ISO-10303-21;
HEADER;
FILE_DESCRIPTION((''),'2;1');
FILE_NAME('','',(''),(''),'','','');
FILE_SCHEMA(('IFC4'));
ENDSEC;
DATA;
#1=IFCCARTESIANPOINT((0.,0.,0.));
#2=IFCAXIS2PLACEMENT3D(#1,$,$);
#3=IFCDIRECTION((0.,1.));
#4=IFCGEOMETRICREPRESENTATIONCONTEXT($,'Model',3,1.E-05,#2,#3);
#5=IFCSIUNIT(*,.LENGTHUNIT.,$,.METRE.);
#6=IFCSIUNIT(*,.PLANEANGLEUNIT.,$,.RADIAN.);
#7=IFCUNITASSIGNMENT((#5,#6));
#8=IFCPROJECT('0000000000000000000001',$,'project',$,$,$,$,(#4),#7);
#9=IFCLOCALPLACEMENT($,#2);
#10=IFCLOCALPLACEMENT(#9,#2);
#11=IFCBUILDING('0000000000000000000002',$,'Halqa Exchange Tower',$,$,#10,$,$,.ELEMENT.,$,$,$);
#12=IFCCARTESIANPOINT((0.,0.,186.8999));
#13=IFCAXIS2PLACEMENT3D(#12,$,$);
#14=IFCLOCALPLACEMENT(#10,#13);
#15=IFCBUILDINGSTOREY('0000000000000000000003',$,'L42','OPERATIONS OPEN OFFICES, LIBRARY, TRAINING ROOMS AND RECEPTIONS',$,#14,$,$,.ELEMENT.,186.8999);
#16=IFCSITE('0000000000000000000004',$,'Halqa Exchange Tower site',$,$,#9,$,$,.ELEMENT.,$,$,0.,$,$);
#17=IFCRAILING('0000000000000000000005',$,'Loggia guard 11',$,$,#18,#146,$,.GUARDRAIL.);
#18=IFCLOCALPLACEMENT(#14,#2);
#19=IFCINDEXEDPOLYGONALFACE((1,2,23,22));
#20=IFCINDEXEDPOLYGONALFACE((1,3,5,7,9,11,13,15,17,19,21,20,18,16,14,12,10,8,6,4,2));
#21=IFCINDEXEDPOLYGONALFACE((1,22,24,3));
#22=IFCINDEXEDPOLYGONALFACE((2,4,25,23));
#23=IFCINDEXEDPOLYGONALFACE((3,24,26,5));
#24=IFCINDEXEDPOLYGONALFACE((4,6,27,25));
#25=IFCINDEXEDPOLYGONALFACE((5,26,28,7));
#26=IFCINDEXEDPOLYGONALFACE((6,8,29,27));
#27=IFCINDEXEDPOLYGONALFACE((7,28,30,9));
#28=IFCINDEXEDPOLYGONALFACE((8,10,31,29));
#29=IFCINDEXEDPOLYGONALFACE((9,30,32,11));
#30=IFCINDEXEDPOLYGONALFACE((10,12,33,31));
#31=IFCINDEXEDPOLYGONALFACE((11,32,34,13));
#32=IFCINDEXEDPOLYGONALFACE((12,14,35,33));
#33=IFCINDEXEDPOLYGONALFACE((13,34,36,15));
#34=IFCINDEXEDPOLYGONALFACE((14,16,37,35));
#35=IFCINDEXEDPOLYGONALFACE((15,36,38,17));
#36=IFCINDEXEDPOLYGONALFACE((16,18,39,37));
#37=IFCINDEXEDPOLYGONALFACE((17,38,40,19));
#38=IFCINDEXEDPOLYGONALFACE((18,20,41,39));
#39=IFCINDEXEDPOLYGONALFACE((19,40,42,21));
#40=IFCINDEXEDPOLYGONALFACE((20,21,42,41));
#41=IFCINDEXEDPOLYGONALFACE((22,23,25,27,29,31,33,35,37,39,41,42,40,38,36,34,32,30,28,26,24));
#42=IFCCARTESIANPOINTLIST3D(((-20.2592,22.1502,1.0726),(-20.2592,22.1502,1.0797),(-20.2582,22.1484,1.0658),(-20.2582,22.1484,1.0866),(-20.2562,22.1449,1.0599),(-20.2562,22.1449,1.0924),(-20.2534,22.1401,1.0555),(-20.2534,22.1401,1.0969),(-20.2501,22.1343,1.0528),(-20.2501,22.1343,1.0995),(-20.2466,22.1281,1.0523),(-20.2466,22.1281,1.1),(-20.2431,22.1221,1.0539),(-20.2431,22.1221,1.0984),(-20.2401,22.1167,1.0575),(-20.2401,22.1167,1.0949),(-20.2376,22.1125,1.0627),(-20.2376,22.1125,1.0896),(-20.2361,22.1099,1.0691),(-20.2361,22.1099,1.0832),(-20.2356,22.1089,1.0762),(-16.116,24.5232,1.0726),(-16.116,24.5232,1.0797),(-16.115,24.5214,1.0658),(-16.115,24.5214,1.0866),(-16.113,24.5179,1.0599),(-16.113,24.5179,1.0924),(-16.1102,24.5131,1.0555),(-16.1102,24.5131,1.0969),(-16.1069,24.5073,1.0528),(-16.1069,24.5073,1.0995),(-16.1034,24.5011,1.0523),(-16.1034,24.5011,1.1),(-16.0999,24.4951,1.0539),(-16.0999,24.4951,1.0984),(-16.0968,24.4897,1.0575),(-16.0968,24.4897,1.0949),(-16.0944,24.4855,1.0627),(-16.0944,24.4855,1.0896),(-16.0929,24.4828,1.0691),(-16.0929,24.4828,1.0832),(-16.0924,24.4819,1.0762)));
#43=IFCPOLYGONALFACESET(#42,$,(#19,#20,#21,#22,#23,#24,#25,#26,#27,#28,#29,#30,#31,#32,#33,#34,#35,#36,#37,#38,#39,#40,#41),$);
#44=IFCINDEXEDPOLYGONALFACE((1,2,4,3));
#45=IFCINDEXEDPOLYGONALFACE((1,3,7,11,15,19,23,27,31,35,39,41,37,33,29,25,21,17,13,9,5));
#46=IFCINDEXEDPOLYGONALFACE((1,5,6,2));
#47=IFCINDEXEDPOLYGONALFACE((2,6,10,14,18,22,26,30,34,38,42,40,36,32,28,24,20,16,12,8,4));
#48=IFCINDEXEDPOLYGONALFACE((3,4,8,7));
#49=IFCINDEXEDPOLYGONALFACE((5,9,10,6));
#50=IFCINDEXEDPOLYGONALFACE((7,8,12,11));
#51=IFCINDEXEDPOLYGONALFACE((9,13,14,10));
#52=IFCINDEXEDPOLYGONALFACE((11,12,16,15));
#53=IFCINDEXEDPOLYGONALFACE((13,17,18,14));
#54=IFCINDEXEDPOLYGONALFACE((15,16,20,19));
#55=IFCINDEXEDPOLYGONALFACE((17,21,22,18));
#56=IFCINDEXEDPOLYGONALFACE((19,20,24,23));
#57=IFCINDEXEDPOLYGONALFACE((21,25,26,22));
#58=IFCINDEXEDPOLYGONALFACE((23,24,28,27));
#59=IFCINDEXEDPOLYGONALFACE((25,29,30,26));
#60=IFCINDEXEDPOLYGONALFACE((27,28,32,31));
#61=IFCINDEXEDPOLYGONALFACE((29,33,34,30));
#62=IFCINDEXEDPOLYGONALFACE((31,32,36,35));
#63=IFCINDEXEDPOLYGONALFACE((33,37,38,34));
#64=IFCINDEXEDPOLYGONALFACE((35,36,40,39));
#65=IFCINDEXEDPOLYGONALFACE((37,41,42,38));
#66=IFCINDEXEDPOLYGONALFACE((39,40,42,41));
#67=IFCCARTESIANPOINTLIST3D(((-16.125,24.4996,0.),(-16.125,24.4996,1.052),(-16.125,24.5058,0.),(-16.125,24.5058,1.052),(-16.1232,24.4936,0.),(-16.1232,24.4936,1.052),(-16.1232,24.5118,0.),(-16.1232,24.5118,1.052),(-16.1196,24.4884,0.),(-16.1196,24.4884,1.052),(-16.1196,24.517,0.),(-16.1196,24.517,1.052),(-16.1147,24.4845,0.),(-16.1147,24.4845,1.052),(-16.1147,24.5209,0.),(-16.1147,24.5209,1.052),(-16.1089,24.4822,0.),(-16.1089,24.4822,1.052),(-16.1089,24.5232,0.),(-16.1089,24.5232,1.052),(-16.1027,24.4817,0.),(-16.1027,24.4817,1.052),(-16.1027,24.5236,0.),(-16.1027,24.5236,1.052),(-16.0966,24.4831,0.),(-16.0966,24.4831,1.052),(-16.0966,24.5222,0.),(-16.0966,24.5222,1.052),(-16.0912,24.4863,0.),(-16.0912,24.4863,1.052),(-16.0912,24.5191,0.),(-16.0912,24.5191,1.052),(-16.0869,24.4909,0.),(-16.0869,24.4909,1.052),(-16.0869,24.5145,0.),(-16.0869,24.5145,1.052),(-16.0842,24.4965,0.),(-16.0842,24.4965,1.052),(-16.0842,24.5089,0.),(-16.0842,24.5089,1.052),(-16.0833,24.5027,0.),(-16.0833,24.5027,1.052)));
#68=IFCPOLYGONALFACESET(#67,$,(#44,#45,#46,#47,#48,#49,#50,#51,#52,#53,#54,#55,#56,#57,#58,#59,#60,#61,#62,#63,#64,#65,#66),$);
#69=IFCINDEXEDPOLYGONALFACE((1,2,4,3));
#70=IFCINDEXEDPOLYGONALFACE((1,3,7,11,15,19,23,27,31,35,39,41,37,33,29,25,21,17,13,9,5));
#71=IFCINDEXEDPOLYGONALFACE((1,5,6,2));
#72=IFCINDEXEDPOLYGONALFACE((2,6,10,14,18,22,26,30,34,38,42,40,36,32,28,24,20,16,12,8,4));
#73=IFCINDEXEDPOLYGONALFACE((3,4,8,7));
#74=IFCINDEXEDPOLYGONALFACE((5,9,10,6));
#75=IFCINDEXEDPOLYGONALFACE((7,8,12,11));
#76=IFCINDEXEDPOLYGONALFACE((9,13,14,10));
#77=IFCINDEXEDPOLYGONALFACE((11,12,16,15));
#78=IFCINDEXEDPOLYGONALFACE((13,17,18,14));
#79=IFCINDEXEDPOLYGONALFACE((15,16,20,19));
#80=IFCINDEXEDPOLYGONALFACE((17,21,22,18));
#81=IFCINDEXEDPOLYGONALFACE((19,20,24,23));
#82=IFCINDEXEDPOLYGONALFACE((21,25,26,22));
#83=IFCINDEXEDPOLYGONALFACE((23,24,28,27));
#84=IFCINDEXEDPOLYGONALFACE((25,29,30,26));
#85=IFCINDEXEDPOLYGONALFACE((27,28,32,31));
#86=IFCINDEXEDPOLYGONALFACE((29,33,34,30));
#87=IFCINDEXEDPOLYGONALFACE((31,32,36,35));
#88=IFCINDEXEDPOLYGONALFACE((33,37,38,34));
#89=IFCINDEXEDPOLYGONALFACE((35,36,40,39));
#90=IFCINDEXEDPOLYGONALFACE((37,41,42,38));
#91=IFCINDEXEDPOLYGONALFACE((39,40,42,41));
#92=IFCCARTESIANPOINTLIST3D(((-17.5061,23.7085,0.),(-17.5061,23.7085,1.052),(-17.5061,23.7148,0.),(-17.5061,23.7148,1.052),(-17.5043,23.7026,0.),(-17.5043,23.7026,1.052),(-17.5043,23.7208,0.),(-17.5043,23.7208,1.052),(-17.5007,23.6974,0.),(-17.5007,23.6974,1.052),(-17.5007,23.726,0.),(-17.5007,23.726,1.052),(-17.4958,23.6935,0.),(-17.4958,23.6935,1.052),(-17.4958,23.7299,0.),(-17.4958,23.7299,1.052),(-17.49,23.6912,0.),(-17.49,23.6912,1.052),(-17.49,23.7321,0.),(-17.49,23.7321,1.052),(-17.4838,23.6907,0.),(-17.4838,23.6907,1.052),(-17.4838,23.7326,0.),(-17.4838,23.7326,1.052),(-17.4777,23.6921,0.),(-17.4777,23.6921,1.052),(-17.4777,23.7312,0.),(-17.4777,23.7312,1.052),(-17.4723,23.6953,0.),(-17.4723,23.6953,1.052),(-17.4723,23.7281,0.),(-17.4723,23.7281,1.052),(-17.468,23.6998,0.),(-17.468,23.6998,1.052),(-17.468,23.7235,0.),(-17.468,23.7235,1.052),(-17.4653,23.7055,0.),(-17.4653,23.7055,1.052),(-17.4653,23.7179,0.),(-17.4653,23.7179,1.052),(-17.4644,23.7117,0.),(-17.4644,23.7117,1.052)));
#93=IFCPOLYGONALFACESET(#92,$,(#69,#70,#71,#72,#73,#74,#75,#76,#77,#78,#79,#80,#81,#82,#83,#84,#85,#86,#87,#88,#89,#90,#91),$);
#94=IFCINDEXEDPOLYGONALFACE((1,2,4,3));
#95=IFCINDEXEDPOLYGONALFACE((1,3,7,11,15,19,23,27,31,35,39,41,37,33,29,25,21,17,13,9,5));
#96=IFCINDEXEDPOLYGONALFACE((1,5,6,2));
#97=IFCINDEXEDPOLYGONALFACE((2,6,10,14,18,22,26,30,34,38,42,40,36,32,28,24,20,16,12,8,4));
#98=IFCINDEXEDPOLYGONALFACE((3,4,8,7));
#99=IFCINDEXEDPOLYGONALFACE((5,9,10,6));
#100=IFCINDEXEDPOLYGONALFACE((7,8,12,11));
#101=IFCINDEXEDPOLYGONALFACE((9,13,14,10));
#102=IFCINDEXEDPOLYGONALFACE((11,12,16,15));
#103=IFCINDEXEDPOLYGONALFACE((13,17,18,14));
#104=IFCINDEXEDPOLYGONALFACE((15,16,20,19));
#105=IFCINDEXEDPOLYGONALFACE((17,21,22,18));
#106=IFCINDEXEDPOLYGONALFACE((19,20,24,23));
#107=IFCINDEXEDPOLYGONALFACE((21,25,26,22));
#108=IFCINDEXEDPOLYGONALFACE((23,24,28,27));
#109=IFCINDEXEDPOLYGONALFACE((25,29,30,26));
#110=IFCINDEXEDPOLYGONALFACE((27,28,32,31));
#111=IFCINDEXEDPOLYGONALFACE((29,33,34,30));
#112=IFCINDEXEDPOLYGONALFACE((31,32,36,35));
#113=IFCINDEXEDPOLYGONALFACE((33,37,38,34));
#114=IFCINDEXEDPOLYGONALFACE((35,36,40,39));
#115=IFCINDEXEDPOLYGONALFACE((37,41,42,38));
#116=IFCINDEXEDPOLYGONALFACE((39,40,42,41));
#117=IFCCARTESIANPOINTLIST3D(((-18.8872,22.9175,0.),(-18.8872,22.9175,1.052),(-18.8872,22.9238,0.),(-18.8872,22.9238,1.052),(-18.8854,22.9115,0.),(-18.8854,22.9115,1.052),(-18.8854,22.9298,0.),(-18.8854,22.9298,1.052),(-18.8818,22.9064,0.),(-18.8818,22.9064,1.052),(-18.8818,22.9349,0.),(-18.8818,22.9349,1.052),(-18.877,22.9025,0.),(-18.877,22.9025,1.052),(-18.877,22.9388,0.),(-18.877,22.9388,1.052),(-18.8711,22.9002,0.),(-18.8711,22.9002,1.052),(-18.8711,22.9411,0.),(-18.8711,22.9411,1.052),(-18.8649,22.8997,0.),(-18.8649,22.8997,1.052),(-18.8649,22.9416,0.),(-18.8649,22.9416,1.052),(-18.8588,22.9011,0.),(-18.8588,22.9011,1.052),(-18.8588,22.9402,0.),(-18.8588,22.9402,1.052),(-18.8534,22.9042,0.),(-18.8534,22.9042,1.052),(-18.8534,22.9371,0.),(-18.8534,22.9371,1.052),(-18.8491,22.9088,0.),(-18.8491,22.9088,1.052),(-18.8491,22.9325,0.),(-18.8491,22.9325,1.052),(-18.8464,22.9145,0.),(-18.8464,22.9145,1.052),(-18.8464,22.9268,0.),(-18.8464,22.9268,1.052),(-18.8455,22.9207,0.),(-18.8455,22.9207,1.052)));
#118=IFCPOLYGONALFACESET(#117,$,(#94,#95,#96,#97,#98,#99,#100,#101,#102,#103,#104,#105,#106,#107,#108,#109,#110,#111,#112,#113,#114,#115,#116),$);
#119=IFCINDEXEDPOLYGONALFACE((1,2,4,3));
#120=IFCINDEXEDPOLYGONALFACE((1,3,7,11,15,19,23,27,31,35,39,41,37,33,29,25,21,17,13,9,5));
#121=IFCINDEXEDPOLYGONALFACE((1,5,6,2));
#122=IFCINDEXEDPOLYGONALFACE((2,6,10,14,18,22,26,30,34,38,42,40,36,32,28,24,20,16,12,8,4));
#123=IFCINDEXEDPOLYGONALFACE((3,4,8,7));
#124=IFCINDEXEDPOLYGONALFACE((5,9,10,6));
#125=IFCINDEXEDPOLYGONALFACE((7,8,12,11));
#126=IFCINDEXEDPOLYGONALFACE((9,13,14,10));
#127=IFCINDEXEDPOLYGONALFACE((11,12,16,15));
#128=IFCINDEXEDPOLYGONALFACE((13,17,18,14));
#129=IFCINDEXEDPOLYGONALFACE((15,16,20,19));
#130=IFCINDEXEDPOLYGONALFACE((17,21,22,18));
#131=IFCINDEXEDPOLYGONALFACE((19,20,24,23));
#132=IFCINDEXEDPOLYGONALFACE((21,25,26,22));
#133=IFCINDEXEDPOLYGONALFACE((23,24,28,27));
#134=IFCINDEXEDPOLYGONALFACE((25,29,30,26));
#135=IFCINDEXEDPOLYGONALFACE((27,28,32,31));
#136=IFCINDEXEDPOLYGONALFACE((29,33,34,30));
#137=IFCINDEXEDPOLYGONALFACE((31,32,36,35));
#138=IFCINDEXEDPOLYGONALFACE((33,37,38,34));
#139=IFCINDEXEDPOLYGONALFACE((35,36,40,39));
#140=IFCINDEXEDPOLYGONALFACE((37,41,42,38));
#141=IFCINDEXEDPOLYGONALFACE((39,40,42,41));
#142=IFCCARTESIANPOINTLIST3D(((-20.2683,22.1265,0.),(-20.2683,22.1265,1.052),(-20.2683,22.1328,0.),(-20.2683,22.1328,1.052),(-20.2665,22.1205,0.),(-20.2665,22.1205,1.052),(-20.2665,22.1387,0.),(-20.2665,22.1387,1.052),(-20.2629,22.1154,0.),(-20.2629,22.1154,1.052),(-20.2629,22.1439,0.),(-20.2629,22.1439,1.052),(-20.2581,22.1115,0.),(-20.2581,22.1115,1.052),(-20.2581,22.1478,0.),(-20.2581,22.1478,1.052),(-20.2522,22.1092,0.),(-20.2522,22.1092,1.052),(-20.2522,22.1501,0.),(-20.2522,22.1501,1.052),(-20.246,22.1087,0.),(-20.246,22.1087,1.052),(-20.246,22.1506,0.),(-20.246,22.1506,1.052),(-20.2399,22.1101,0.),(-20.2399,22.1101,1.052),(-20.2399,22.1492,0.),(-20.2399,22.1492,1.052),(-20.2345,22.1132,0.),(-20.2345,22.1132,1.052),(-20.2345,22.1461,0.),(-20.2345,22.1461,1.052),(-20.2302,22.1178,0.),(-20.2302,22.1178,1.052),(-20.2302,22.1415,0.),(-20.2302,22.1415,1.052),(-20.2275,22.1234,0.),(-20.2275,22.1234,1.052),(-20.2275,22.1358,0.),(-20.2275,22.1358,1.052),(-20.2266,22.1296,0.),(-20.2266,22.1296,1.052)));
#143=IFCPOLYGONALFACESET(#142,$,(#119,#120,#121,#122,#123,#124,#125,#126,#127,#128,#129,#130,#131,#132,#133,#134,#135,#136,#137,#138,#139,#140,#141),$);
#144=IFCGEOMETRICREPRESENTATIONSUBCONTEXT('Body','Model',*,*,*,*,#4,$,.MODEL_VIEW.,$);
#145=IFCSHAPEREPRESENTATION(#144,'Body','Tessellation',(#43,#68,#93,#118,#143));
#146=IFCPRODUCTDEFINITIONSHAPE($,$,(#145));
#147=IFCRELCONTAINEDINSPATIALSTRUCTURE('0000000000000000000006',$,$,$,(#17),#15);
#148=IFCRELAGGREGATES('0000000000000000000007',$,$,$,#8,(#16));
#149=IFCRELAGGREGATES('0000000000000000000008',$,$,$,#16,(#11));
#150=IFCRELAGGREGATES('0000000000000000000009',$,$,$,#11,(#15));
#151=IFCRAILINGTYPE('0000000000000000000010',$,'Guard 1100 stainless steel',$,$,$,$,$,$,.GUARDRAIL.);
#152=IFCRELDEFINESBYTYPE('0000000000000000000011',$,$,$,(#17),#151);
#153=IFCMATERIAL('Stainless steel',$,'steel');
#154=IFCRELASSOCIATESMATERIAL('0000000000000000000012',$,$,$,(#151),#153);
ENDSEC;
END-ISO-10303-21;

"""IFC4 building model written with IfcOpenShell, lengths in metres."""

from ifc_helpers import new_model, si_unit, direction, frame, origin, origin_2d, place, context, subcontext, project, spatial, circle, extrude, material, type_object, element, save


model = new_model("IFC4")

# Units and contexts
model_context = context("Model", 3, precision=1e-05, world=origin(), true_north=direction((0.0, 1.0)))
body_context = subcontext(model_context, "Body", "Model", "MODEL_VIEW")
ifc_project = project(units=[si_unit("LENGTHUNIT", "METRE"), si_unit("PLANEANGLEUNIT", "RADIAN")], contexts=[model_context])

# Site, building, storey
site_placement = place(None, origin())
site = spatial("IfcSite", under=ifc_project, at=site_placement, Name="Halqa Exchange Tower site", CompositionType="ELEMENT", RefElevation=0.0)
building_placement = place(site_placement, origin())
building = spatial("IfcBuilding", under=site, at=building_placement, Name="Halqa Exchange Tower", CompositionType="ELEMENT")
storey_placement = place(building_placement, frame((0.0, 0.0, 186.8999)))
storey = spatial("IfcBuildingStorey", under=building, at=storey_placement, Name="L42", Description="OPERATIONS OPEN OFFICES, LIBRARY, TRAINING ROOMS AND RECEPTIONS", CompositionType="ELEMENT", Elevation=186.8999)

# Railing
ifc_material_1 = material(Name="Stainless steel", Category="steel")
railing_type = type_object("IfcRailingType", Name="Guard 1100 stainless steel", PredefinedType="GUARDRAIL", material=ifc_material_1)
railing_1_placement = place(storey_placement, frame((-16.1042, 24.5027, 0.0)))
element("IfcRailing", 1, at=railing_1_placement, inside=storey, type_object=railing_type, Name="Loggia guard 11", PredefinedType="GUARDRAIL", context=body_context, shape_type="SweptSolid", body=[
    extrude(circle(Radius=0.0239, at=origin_2d()), frame((0.0, 0.0, 1.0762), z_axis=(-0.867752, -0.496998, 0.0), x_axis=(0.496998, -0.867752, 0.0)), (0.0, 0.0, 1.0), 4.7747),
    extrude(circle(Radius=0.021, at=origin_2d()), origin(), (0.0, 0.0, 1.0), 1.052),
    extrude(circle(Radius=0.021, at=origin_2d()), frame((-1.3811, -0.791, 0.0)), (0.0, 0.0, 1.0), 1.052),
    extrude(circle(Radius=0.021, at=origin_2d()), frame((-2.7622, -1.582, 0.0)), (0.0, 0.0, 1.0), 1.052),
    extrude(circle(Radius=0.021, at=origin_2d()), frame((-4.1433, -2.373, 0.0)), (0.0, 0.0, 1.0), 1.052),
])

save(model, "model.ifc")
